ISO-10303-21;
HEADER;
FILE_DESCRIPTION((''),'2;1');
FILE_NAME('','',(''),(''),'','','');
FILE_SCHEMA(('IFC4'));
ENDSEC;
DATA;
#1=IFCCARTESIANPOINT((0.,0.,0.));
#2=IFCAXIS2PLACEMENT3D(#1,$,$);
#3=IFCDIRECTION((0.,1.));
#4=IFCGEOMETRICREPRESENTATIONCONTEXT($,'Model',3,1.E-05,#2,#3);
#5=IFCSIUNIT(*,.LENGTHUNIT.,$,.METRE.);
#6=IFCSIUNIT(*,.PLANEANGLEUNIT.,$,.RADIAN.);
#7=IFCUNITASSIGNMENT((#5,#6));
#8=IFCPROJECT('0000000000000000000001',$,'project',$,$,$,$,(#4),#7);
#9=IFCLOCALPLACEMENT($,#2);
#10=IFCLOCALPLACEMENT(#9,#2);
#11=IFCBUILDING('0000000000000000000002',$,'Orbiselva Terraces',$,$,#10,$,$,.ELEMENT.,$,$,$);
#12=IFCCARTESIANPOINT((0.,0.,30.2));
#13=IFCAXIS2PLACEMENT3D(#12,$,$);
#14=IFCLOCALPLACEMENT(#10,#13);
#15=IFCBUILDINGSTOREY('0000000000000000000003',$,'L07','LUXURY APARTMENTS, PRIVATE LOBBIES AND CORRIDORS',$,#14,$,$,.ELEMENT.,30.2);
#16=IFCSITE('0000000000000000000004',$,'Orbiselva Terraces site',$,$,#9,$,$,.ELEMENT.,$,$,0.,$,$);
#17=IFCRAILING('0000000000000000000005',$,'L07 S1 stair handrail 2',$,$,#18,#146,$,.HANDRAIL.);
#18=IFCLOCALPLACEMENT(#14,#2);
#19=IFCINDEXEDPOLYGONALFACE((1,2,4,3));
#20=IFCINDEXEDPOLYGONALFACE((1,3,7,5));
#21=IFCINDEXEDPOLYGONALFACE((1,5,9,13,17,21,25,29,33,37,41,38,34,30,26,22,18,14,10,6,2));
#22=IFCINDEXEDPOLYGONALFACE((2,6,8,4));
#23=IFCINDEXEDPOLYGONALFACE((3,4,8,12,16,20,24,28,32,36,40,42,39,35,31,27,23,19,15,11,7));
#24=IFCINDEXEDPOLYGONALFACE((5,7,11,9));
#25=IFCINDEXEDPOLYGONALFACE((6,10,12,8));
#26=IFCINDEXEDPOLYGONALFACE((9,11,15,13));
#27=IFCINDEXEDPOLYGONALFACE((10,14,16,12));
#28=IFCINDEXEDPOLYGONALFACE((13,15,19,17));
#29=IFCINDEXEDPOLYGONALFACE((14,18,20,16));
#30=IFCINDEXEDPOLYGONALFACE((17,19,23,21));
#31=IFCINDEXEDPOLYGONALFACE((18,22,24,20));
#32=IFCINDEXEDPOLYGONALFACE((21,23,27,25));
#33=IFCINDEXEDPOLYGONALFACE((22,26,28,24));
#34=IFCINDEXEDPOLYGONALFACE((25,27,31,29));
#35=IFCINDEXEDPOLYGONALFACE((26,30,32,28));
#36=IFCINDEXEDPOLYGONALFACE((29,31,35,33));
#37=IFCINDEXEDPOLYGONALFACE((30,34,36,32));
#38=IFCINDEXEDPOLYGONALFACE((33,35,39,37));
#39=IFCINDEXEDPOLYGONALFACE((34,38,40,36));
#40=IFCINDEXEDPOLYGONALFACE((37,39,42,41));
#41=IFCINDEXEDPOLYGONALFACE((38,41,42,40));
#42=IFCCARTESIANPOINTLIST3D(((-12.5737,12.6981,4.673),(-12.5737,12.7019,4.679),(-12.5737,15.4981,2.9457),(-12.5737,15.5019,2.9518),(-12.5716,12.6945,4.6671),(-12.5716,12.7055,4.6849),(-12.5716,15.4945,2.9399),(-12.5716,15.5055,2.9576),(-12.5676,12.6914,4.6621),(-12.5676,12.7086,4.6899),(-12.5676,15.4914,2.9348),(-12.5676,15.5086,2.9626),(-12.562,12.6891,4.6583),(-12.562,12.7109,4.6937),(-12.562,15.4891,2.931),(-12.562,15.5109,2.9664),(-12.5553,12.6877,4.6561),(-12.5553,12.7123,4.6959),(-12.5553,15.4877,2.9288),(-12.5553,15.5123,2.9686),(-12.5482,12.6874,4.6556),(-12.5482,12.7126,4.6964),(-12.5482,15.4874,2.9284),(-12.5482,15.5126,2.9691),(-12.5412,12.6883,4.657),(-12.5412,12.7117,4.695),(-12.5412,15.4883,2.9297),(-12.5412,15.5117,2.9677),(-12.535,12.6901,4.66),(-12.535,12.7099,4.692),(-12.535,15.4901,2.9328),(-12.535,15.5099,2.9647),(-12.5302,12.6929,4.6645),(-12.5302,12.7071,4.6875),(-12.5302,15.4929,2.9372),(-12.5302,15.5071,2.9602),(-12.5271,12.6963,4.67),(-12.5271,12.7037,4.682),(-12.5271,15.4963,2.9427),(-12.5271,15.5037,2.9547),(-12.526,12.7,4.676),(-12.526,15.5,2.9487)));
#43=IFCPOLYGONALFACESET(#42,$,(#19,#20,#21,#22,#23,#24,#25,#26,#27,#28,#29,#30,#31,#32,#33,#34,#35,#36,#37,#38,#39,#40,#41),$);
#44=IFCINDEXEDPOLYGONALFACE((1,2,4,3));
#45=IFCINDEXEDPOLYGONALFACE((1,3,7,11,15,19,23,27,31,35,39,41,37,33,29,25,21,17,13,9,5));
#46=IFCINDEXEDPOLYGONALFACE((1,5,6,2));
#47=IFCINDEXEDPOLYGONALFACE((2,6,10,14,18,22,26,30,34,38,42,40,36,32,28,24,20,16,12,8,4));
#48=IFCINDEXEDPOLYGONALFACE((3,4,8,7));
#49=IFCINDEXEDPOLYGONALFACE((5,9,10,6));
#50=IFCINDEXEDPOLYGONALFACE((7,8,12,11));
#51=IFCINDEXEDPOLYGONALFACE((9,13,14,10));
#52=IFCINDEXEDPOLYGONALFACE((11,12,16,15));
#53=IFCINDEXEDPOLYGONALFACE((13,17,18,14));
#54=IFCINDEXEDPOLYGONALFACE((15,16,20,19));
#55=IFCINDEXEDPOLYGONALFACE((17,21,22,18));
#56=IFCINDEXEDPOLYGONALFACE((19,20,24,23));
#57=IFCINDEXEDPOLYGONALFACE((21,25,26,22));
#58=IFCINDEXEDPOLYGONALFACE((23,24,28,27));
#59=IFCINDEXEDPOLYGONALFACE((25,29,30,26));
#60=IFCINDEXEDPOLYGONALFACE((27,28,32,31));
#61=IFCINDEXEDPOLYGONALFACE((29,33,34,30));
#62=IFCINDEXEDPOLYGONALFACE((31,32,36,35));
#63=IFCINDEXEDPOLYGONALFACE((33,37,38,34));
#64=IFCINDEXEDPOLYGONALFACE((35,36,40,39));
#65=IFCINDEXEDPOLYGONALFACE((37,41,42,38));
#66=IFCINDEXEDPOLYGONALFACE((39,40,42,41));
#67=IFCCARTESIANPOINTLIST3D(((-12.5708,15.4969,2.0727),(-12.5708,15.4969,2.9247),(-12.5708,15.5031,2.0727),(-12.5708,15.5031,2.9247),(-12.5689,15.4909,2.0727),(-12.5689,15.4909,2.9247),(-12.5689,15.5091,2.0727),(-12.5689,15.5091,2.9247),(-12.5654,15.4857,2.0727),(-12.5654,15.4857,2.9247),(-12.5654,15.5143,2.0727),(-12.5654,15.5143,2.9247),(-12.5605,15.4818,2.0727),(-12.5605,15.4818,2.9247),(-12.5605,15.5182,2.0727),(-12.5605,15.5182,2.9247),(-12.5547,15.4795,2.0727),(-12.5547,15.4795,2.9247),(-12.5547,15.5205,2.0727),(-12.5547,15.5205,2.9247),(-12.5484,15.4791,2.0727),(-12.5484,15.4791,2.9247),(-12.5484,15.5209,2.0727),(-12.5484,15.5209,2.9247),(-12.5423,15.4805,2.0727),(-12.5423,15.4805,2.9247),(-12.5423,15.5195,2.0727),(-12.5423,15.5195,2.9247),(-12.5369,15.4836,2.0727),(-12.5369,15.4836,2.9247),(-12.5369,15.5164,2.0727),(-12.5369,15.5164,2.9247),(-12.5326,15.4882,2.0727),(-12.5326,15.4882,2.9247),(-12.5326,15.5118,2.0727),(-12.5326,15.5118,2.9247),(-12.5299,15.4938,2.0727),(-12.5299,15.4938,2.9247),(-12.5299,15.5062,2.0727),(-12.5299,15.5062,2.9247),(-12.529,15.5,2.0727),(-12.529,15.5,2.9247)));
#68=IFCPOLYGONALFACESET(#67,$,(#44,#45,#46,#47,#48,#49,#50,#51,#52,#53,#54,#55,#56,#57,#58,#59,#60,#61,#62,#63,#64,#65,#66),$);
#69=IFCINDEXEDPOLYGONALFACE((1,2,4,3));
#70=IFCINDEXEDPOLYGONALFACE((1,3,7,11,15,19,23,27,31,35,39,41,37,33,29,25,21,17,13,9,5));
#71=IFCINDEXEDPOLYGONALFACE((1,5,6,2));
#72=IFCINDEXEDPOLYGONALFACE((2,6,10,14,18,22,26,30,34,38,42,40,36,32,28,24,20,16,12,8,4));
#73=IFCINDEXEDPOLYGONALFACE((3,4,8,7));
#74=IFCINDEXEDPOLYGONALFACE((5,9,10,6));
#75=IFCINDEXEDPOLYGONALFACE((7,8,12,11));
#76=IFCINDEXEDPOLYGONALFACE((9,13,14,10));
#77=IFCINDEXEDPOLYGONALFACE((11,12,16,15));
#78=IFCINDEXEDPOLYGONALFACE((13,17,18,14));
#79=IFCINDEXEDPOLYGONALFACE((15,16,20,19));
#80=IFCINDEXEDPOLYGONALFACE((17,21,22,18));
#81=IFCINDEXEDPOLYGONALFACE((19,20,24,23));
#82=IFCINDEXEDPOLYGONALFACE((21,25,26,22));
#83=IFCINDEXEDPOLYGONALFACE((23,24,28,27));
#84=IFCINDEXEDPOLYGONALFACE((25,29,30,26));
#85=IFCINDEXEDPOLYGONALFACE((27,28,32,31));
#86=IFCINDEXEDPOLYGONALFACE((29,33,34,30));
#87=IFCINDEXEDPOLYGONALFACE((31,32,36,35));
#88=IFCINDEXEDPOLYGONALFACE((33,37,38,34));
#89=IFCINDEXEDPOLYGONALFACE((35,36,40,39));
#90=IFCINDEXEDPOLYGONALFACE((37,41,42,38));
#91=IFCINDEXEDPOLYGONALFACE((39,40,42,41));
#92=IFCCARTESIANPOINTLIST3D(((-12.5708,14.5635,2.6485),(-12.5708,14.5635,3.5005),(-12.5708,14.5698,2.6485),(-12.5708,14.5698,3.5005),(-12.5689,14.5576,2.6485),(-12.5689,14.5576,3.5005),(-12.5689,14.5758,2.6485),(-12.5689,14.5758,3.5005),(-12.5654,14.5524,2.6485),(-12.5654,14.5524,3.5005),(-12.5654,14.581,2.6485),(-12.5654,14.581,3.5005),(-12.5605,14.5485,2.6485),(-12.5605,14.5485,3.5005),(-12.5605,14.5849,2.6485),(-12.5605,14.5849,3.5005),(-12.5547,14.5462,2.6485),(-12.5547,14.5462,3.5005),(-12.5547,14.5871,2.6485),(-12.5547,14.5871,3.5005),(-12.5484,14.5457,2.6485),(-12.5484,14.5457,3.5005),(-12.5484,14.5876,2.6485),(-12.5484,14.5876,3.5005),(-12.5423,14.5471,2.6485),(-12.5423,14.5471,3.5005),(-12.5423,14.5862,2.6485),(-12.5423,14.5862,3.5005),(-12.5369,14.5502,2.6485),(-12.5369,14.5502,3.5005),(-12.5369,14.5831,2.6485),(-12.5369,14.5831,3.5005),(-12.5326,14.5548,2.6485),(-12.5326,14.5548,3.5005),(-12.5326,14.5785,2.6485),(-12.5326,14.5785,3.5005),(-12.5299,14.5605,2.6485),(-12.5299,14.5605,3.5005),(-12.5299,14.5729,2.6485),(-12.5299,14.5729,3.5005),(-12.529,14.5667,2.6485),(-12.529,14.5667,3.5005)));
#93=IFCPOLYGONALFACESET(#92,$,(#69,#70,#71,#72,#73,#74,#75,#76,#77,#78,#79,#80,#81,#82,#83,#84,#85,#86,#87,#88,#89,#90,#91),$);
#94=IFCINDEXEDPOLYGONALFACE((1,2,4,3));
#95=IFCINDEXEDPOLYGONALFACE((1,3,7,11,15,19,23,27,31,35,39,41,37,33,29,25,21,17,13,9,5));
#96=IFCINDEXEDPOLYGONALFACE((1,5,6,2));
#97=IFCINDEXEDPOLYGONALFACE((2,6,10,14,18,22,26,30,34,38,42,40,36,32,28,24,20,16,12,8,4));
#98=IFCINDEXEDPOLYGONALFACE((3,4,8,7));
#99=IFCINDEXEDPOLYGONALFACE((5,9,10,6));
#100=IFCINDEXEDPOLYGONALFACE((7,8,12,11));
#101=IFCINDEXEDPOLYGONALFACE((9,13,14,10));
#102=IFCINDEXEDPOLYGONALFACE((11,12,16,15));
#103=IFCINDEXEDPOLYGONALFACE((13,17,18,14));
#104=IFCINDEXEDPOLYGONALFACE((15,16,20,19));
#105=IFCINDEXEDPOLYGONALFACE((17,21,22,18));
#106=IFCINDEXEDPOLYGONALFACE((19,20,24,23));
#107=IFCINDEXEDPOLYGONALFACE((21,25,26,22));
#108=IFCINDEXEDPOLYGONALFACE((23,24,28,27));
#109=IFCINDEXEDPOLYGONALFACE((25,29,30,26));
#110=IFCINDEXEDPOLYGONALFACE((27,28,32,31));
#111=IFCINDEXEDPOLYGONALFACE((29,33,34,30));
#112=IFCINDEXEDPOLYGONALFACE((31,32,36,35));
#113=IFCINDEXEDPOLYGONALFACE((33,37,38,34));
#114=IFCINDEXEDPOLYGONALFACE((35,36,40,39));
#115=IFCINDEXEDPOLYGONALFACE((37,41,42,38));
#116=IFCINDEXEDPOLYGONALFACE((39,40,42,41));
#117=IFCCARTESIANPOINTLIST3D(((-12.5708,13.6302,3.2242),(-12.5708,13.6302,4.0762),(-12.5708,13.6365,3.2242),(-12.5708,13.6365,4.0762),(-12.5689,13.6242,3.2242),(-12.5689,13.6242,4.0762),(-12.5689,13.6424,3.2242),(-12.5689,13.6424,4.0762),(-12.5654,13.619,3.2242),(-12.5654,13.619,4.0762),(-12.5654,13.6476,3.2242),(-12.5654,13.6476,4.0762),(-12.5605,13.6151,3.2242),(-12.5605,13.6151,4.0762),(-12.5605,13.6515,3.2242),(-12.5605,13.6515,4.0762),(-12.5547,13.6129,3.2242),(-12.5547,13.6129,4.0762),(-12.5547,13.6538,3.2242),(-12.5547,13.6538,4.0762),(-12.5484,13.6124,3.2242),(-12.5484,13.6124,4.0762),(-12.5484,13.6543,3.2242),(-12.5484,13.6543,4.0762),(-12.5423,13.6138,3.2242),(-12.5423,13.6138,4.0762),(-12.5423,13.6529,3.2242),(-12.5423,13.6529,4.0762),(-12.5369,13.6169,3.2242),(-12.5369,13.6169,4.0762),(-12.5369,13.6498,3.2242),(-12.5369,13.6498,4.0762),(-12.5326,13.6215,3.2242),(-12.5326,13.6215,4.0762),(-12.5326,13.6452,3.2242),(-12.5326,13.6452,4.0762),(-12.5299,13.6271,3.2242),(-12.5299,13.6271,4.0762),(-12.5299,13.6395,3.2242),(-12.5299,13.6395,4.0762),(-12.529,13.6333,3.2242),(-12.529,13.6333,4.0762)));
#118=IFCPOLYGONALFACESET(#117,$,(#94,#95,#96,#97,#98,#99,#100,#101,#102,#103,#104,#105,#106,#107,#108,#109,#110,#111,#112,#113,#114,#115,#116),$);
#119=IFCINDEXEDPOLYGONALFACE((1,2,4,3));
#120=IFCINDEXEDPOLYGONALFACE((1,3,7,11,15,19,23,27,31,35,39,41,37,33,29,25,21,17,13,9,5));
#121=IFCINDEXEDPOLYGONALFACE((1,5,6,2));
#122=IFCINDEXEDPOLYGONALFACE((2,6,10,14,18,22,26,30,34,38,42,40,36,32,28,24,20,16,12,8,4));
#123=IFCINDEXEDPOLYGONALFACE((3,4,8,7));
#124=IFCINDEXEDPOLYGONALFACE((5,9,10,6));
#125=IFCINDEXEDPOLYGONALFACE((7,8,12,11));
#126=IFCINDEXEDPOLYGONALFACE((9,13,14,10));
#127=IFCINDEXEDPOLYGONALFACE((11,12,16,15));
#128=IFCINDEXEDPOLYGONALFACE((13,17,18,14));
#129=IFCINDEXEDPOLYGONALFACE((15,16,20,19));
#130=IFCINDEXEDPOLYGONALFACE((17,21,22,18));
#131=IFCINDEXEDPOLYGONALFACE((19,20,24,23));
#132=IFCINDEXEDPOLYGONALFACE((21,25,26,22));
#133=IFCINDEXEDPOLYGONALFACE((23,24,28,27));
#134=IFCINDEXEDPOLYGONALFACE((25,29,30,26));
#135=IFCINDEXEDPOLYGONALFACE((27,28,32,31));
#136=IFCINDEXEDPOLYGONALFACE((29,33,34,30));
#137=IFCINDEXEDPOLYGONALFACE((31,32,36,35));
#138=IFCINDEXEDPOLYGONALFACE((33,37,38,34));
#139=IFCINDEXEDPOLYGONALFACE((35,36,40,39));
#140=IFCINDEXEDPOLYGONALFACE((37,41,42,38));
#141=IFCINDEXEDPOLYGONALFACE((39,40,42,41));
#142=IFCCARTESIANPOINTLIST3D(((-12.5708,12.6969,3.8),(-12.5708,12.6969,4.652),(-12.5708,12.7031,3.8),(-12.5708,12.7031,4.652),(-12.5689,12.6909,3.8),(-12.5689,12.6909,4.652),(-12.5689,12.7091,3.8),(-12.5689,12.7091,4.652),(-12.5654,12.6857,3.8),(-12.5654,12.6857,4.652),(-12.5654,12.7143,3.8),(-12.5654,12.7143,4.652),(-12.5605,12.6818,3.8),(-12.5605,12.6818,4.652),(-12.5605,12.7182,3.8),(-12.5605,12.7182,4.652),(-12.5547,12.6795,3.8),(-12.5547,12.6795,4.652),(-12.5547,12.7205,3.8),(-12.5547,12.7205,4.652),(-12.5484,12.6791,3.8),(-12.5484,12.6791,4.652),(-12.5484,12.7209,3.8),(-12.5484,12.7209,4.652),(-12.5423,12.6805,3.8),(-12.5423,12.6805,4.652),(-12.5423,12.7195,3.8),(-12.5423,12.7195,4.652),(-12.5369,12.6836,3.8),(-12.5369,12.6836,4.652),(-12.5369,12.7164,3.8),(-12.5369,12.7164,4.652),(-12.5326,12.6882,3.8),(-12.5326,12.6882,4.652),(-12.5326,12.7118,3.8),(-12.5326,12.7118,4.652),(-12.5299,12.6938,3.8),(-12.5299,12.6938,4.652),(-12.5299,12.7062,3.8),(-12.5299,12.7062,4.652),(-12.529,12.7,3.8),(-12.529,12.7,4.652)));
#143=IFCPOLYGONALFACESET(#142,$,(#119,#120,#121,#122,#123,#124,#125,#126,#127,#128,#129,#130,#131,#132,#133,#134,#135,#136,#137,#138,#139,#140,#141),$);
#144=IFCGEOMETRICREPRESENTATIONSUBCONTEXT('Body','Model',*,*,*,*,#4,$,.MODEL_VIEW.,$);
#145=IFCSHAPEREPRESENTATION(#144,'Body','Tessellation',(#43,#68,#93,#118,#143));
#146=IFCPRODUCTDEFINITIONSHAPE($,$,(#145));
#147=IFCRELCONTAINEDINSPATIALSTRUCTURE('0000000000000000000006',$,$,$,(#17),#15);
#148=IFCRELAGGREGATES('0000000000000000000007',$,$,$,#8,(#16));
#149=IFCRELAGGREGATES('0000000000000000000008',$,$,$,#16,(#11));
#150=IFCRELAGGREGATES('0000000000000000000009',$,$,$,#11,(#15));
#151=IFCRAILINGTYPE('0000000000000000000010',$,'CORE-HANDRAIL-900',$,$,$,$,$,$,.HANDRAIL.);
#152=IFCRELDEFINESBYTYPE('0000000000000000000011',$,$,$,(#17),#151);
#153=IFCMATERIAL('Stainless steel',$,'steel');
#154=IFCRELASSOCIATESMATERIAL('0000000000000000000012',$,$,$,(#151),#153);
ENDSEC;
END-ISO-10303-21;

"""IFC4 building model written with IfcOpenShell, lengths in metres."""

from ifc_helpers import new_model, si_unit, direction, frame, origin, origin_2d, place, context, subcontext, project, spatial, circle, extrude, material, type_object, element, save


model = new_model("IFC4")

# Units and contexts
model_context = context("Model", 3, precision=1e-05, world=origin(), true_north=direction((0.0, 1.0)))
body_context = subcontext(model_context, "Body", "Model", "MODEL_VIEW")
ifc_project = project(units=[si_unit("LENGTHUNIT", "METRE"), si_unit("PLANEANGLEUNIT", "RADIAN")], contexts=[model_context])

# Site, building, storey
site_placement = place(None, origin())
site = spatial("IfcSite", under=ifc_project, at=site_placement, Name="Orbiselva Terraces site", CompositionType="ELEMENT", RefElevation=0.0)
building_placement = place(site_placement, origin())
building = spatial("IfcBuilding", under=site, at=building_placement, Name="Orbiselva Terraces", CompositionType="ELEMENT")
storey_placement = place(building_placement, frame((0.0, 0.0, 30.2)))
storey = spatial("IfcBuildingStorey", under=building, at=storey_placement, Name="L07", Description="LUXURY APARTMENTS, PRIVATE LOBBIES AND CORRIDORS", CompositionType="ELEMENT", Elevation=30.2)

# Railing
ifc_material_1 = material(Name="Stainless steel", Category="steel")
railing_type = type_object("IfcRailingType", Name="CORE-HANDRAIL-900", PredefinedType="HANDRAIL", material=ifc_material_1)
railing_1_placement = place(storey_placement, frame((-12.55, 15.5, 2.0727)))
element("IfcRailing", 1, at=railing_1_placement, inside=storey, type_object=railing_type, Name="L07 S1 stair handrail 2", PredefinedType="HANDRAIL", context=body_context, shape_type="SweptSolid", body=[
    extrude(circle(Radius=0.024, at=origin_2d()), frame((0.0, 0.0, 0.876), z_axis=(0.0, -0.851089, 0.525022), x_axis=(1.0, 0.0, 0.0)), (0.0, 0.0, 1.0), 3.2899),
    extrude(circle(Radius=0.021, at=origin_2d()), origin(), (0.0, 0.0, 1.0), 0.852),
    extrude(circle(Radius=0.021, at=origin_2d()), frame((0.0, -0.9333, 0.5758)), (0.0, 0.0, 1.0), 0.852),
    extrude(circle(Radius=0.021, at=origin_2d()), frame((0.0, -1.8667, 1.1515)), (0.0, 0.0, 1.0), 0.852),
    extrude(circle(Radius=0.021, at=origin_2d()), frame((0.0, -2.8, 1.7273)), (0.0, 0.0, 1.0), 0.852),
])

save(model, "model.ifc")
